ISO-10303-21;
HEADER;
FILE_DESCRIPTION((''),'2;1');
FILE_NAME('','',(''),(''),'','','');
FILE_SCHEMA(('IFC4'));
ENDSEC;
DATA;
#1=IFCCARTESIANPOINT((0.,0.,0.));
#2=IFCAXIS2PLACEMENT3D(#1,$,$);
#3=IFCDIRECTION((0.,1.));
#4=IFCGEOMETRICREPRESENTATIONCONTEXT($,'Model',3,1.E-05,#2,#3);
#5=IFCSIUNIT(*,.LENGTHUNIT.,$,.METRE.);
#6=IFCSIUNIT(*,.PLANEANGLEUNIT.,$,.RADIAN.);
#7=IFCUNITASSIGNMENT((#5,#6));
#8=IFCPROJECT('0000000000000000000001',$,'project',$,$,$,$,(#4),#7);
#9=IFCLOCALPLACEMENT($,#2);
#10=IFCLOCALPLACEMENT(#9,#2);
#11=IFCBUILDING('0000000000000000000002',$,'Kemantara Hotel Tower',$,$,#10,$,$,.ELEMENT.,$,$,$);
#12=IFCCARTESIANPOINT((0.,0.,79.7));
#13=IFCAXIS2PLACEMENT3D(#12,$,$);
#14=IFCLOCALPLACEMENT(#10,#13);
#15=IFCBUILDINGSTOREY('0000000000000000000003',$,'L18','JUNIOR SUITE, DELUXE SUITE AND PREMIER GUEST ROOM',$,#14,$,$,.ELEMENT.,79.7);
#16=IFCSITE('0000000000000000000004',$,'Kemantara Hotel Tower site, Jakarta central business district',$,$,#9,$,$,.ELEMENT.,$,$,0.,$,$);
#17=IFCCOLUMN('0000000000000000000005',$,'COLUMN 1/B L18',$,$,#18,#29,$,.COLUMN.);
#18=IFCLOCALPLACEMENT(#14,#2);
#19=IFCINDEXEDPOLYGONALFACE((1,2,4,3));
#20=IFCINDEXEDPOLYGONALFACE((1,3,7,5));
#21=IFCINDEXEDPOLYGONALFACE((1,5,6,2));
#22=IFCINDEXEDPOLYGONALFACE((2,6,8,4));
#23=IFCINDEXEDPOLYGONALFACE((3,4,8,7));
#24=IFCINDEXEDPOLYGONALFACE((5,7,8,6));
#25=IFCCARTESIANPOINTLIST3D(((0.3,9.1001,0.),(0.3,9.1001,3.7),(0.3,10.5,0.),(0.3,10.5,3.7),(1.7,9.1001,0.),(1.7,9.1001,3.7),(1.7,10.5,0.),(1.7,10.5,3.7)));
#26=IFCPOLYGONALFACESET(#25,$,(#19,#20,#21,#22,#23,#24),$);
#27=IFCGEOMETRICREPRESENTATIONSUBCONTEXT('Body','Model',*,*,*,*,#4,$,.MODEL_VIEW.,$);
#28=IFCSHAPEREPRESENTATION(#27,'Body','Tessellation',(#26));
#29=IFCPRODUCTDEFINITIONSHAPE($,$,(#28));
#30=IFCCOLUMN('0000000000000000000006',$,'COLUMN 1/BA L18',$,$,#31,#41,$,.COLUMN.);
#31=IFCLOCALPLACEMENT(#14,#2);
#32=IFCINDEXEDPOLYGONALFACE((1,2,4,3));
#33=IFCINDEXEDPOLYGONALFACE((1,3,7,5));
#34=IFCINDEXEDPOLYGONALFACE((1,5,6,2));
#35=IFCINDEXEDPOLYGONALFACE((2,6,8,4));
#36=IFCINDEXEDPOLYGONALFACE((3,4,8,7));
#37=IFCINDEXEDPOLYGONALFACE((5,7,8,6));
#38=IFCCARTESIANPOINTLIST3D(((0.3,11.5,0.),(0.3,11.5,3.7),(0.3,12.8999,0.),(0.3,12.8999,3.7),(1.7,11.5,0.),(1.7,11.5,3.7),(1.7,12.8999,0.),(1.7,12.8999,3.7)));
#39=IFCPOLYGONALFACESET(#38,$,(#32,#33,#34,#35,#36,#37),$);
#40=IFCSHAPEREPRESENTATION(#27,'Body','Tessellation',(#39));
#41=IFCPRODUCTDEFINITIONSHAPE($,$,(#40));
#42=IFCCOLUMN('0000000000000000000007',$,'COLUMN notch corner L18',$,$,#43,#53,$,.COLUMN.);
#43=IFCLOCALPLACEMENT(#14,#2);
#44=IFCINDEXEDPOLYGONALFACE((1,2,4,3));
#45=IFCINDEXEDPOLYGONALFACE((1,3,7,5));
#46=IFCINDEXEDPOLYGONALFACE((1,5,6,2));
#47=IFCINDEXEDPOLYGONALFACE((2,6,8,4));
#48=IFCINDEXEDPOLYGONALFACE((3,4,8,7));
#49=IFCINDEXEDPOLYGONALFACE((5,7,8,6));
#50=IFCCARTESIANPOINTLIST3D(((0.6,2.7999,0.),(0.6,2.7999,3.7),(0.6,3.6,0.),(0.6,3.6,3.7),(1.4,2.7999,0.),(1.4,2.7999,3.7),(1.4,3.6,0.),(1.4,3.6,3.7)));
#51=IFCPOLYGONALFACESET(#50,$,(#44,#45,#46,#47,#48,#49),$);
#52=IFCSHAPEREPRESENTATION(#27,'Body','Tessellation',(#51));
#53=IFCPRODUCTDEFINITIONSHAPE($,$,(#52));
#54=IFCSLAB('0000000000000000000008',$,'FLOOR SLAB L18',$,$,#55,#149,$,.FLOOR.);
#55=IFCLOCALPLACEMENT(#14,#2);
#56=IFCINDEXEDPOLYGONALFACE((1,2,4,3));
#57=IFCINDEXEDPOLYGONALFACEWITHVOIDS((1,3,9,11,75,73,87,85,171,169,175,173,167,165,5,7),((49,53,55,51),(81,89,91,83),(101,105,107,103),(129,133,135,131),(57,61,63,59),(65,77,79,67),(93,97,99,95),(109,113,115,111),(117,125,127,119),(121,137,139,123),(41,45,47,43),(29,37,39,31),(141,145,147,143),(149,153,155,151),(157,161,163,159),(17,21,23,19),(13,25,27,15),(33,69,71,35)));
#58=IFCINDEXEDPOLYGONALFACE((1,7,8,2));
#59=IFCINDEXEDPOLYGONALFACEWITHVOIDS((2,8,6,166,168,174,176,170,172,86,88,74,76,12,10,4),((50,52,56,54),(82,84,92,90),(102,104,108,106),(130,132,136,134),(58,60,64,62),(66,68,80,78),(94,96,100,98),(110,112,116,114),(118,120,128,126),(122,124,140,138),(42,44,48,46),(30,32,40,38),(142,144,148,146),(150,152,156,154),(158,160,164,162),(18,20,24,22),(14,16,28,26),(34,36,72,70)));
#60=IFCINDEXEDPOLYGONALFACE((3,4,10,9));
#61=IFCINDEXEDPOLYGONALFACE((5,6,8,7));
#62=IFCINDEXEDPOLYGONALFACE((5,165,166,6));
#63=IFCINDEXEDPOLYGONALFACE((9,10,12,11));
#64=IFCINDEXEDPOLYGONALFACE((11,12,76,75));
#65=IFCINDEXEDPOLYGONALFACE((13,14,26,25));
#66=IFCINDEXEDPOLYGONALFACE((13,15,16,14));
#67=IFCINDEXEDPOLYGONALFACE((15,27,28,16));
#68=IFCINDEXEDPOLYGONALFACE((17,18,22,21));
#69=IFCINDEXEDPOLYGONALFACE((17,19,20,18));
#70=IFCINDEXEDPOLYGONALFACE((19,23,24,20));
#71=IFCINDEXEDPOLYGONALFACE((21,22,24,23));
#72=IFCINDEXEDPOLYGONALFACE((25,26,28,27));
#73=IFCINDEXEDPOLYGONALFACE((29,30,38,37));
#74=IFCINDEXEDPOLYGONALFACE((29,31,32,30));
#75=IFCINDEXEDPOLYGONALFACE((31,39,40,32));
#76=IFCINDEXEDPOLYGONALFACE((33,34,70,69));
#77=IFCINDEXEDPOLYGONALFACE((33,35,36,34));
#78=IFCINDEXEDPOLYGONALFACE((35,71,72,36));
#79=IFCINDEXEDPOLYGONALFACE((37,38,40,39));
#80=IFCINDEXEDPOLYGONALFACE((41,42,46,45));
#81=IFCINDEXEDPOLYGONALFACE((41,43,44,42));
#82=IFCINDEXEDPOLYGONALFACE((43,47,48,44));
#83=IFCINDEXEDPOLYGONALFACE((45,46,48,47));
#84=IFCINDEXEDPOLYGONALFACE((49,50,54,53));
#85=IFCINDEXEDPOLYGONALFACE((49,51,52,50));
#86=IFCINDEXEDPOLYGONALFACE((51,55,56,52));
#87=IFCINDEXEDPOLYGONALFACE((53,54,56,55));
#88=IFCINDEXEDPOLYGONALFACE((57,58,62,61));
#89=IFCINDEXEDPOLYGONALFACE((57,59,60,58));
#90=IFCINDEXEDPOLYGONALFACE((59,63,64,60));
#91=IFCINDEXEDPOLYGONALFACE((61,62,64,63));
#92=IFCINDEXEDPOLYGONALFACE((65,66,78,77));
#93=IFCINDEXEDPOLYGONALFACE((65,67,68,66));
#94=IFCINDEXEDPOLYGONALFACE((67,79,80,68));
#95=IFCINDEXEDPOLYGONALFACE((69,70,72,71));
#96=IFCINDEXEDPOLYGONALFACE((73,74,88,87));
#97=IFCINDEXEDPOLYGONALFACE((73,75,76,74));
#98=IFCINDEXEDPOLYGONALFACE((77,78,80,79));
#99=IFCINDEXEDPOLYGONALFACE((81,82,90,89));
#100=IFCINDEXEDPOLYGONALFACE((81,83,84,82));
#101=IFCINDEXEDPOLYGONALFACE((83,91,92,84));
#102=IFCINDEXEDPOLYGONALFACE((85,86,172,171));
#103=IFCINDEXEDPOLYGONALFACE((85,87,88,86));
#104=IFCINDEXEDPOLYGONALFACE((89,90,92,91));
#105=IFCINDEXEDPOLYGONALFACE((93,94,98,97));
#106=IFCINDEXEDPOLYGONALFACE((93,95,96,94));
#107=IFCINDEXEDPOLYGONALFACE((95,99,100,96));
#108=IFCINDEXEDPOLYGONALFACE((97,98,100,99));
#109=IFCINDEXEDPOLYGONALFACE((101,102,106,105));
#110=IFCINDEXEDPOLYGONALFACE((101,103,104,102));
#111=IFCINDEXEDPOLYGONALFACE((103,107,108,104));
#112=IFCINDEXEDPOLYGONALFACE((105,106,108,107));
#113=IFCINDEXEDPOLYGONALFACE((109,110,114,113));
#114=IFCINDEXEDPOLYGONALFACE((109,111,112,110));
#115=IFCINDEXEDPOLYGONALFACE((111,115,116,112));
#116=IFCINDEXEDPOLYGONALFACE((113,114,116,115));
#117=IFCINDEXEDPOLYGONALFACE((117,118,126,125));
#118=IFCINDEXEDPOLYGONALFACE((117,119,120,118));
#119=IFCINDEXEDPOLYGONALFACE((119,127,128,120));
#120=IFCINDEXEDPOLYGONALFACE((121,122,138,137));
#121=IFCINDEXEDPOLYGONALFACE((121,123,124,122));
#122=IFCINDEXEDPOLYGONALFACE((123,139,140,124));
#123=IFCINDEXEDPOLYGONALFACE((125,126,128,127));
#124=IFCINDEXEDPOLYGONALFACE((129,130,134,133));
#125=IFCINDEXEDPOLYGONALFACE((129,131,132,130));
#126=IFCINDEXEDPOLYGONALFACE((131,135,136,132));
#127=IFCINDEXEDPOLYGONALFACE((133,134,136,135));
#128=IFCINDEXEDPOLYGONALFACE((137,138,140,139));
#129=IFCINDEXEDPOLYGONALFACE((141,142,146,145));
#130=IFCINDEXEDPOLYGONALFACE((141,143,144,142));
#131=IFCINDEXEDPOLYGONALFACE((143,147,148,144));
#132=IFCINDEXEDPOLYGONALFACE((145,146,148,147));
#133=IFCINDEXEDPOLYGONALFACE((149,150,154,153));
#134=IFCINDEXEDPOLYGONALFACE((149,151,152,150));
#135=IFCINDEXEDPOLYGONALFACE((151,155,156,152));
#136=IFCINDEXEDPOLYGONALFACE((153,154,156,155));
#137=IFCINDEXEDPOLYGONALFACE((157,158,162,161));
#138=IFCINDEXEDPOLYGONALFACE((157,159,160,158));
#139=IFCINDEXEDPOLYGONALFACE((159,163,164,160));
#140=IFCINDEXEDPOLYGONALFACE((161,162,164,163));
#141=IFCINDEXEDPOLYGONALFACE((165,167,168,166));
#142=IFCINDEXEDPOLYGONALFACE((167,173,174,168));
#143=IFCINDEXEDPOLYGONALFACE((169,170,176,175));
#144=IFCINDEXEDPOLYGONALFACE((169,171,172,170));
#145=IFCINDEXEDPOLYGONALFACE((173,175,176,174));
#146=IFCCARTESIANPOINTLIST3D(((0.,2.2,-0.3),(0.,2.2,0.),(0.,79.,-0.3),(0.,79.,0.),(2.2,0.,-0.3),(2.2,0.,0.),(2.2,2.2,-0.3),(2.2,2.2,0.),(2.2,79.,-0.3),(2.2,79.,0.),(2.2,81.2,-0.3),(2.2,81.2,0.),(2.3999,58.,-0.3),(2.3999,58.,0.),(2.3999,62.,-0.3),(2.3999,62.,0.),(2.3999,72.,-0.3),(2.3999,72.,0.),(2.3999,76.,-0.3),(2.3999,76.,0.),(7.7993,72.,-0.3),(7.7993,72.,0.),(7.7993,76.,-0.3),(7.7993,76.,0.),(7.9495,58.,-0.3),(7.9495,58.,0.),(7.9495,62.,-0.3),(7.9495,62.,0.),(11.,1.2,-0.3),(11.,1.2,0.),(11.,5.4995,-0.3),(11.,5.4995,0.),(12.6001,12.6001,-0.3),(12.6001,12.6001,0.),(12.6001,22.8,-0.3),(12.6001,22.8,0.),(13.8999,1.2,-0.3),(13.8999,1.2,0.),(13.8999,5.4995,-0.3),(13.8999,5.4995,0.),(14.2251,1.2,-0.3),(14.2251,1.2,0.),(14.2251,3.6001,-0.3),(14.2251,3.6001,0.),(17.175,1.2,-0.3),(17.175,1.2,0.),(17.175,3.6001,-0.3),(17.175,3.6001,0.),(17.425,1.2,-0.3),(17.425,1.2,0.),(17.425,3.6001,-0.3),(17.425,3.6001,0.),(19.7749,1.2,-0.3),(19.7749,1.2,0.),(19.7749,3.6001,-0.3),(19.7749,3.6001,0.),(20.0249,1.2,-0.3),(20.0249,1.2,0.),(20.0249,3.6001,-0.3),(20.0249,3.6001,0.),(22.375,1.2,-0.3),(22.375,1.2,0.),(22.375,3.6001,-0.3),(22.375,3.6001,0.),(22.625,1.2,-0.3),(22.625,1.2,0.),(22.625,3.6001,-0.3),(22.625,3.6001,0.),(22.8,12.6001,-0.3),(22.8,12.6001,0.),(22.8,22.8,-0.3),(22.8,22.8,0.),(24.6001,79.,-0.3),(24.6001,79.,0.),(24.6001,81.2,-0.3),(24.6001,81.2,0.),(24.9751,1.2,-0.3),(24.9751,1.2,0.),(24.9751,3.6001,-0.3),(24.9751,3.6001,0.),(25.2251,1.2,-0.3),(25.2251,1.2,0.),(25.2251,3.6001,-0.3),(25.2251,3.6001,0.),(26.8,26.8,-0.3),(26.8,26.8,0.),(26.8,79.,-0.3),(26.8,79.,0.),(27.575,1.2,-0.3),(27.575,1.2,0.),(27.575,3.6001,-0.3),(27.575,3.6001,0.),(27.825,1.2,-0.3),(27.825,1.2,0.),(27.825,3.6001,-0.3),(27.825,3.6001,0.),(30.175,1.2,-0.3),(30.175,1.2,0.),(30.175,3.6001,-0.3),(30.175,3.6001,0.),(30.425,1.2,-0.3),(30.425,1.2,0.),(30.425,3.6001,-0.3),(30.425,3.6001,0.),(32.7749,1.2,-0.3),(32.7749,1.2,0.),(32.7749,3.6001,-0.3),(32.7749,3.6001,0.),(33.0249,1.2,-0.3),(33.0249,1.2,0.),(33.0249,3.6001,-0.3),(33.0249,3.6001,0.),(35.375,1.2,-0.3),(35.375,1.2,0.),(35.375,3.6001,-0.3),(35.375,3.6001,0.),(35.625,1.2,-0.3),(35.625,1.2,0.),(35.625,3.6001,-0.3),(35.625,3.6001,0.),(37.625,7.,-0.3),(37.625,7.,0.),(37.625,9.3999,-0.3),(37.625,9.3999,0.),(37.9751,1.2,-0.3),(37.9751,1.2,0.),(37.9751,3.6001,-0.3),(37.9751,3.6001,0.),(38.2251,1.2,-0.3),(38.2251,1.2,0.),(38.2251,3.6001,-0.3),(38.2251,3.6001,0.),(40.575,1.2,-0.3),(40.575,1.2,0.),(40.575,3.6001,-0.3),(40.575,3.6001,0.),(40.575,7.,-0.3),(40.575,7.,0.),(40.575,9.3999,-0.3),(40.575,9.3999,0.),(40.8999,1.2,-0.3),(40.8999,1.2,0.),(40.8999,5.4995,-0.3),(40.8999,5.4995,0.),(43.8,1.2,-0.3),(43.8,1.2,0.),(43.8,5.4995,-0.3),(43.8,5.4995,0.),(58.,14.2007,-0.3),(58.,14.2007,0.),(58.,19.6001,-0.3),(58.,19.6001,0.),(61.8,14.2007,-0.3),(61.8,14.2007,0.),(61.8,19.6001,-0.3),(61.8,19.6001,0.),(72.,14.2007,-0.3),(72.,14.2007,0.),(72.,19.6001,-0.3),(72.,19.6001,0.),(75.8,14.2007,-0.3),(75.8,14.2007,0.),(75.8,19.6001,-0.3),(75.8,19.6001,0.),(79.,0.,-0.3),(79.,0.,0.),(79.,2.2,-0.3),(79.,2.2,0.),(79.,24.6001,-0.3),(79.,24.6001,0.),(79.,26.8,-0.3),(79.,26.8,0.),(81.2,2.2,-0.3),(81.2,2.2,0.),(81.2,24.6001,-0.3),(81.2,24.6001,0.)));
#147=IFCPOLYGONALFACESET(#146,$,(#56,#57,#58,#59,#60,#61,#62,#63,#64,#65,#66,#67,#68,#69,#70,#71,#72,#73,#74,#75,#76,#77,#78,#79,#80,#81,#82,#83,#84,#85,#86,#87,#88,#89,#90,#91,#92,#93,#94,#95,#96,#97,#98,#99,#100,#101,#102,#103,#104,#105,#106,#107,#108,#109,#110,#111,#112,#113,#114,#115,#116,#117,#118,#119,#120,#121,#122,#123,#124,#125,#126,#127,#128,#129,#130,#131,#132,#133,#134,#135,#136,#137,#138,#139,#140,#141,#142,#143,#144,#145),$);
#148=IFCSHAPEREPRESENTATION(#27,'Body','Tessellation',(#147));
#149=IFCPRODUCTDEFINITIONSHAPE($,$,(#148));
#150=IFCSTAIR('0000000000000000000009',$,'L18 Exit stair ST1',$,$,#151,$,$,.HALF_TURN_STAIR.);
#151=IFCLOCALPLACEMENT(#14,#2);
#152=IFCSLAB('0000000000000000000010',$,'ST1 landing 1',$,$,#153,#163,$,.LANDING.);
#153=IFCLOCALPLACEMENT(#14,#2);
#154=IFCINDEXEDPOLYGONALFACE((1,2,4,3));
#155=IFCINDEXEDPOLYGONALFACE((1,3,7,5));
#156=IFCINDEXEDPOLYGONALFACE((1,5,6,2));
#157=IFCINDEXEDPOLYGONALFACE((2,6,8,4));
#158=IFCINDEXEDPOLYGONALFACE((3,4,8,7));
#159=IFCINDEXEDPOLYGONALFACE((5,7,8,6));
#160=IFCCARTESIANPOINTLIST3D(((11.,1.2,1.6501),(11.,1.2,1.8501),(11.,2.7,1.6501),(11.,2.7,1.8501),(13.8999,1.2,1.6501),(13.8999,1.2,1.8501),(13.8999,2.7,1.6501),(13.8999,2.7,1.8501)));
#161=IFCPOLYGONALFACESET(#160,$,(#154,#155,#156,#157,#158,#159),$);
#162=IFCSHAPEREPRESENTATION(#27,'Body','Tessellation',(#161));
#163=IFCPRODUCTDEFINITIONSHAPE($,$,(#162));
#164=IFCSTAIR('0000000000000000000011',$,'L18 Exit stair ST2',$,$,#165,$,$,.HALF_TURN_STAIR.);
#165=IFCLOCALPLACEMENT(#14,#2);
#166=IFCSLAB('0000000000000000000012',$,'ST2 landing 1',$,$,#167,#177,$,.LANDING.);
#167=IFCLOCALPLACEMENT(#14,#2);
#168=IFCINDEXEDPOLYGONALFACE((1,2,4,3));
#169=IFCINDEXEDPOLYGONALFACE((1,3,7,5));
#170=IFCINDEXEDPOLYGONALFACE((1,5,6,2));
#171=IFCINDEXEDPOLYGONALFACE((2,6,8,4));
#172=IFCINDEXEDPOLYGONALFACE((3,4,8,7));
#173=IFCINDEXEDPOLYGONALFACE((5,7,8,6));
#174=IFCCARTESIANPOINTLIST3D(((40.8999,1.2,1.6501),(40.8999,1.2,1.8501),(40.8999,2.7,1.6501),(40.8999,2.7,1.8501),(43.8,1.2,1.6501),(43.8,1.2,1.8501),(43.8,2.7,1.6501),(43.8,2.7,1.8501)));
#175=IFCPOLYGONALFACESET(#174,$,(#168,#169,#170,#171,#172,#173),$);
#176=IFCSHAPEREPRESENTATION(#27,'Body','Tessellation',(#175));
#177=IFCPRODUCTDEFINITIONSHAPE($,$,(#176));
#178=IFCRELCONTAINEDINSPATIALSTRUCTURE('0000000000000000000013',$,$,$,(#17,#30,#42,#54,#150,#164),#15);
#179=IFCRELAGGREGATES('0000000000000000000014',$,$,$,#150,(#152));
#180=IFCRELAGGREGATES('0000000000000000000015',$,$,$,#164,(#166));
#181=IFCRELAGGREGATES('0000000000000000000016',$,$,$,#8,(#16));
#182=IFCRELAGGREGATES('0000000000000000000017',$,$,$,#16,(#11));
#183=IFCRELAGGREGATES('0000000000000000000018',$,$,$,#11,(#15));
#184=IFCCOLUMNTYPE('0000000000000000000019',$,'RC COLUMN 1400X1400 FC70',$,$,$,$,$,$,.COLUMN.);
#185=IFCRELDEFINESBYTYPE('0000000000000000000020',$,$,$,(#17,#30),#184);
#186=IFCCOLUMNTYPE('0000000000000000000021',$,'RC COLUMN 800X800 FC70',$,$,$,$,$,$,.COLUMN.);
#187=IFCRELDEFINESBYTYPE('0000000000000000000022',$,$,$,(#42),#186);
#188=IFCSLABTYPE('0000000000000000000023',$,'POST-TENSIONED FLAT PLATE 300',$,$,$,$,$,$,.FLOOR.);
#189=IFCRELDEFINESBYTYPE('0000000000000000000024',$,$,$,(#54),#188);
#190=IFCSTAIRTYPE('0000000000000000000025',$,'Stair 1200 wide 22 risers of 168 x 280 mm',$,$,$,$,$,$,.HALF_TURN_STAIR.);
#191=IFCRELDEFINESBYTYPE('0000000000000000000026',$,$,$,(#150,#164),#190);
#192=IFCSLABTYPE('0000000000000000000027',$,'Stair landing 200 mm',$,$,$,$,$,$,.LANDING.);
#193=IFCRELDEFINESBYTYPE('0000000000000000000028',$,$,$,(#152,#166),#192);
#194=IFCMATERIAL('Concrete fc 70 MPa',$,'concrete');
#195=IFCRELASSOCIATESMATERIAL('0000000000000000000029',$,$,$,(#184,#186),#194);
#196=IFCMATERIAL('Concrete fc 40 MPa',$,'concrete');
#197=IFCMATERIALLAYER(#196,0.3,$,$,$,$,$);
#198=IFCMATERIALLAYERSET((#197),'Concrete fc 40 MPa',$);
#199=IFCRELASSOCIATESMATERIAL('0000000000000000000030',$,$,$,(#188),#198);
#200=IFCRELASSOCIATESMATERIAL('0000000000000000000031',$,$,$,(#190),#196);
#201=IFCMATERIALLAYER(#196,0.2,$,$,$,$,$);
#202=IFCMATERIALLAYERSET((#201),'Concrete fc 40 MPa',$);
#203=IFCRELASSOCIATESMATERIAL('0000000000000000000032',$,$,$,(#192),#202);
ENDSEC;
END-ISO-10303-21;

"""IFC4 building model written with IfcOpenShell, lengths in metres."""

from ifc_helpers import new_model, si_unit, direction, frame, origin, origin_2d, place, context, subcontext, project, spatial, polyline, rectangle, outline, extrude, material, layer, layer_set, material_profile, profile_set, type_object, element, aggregate, save


model = new_model("IFC4")

# Units and contexts
model_context = context("Model", 3, precision=1e-05, world=origin(), true_north=direction((0.0, 1.0)))
body_context = subcontext(model_context, "Body", "Model", "MODEL_VIEW")
ifc_project = project(units=[si_unit("LENGTHUNIT", "METRE"), si_unit("PLANEANGLEUNIT", "RADIAN")], contexts=[model_context])

# Site, building, storey
site_placement = place(None, origin())
site = spatial("IfcSite", under=ifc_project, at=site_placement, Name="Kemantara Hotel Tower site, Jakarta central business district", CompositionType="ELEMENT", RefElevation=0.0)
building_placement = place(site_placement, origin())
building = spatial("IfcBuilding", under=site, at=building_placement, Name="Kemantara Hotel Tower", CompositionType="ELEMENT")
storey_placement = place(building_placement, frame((0.0, 0.0, 79.7)))
storey = spatial("IfcBuildingStorey", under=building, at=storey_placement, Name="L18", Description="JUNIOR SUITE, DELUXE SUITE AND PREMIER GUEST ROOM", CompositionType="ELEMENT", Elevation=79.7)

# Columns
ifc_material_1 = material(Name="Concrete fc 70 MPa", Category="concrete")
ifc_material_profile_1 = material_profile(ifc_material_1, rectangle(XDim=1.3999, YDim=1.3999, at=origin_2d()), Name="RC 1400X1400")
ifc_profile_set_1 = profile_set([ifc_material_profile_1], Name="Concrete fc 70 MPa")
column_type_1 = type_object("IfcColumnType", Name="RC COLUMN 1400X1400 FC70", PredefinedType="COLUMN", material=ifc_profile_set_1)
for number, where, z_axis, x_axis, name in (
    (1, (1.0, 9.8, 0.0), (0.0, 0.0, 1.0), (1.0, 0.0, 0.0), "COLUMN 1/B L18"),
    (2, (1.0, 12.2, 0.0), (0.0, 0.0, 1.0), (1.0, 0.0, 0.0), "COLUMN 1/BA L18"),
):
    element("IfcColumn", number, at=place(storey_placement, frame(where, z_axis=z_axis, x_axis=x_axis)), inside=storey, type_object=column_type_1, Name=name, PredefinedType="COLUMN", context=body_context, shape_type="SweptSolid", body=[
        extrude(rectangle(XDim=1.3999, YDim=1.3999, at=origin_2d()), origin(), (0.0, 0.0, 1.0), 3.7),
    ])
ifc_material_profile_2 = material_profile(ifc_material_1, rectangle(XDim=0.8, YDim=0.8, at=origin_2d()), Name="RC 800X800")
ifc_profile_set_2 = profile_set([ifc_material_profile_2], Name="Concrete fc 70 MPa")
column_type_2 = type_object("IfcColumnType", Name="RC COLUMN 800X800 FC70", PredefinedType="COLUMN", material=ifc_profile_set_2)
column_placement = place(storey_placement, frame((1.0, 3.2, 0.0), z_axis=(0.0, 0.0, 1.0), x_axis=(1.0, 0.0, 0.0)))
element("IfcColumn", 3, at=column_placement, inside=storey, type_object=column_type_2, Name="COLUMN notch corner L18", PredefinedType="COLUMN", context=body_context, shape_type="SweptSolid", body=[
    extrude(rectangle(XDim=0.8, YDim=0.8, at=origin_2d()), origin(), (0.0, 0.0, 1.0), 3.7),
])

# Slab
ifc_material_2 = material(Name="Concrete fc 40 MPa", Category="concrete")
ifc_layer_1 = layer(ifc_material_2, 0.3)
ifc_layer_set_1 = layer_set([ifc_layer_1], Name="Concrete fc 40 MPa")
slab_type_1 = type_object("IfcSlabType", Name="POST-TENSIONED FLAT PLATE 300", PredefinedType="FLOOR", material=ifc_layer_set_1)
slab_1_placement = place(storey_placement, frame((0.0, 0.0, -0.3)))
element("IfcSlab", 4, at=slab_1_placement, inside=storey, type_object=slab_type_1, Name="FLOOR SLAB L18", PredefinedType="FLOOR", context=body_context, shape_type="SweptSolid", body=[
    extrude(outline(polyline([(0.0, 2.2), (2.2, 2.2), (2.2, 0.0), (79.0, 0.0), (79.0, 2.2), (81.2, 2.2), (81.2, 24.6001), (79.0, 24.6001), (79.0, 26.8), (26.8, 26.8), (26.8, 79.0), (24.6001, 79.0), (24.6001, 81.2), (2.2, 81.2), (2.2, 79.0), (0.0, 79.0), (0.0, 2.2)]), holes=[polyline([(17.175, 1.2), (14.2251, 1.2), (14.2251, 3.6001), (17.175, 3.6001), (17.175, 1.2)]), polyline([(19.7749, 1.2), (17.425, 1.2), (17.425, 3.6001), (19.7749, 3.6001), (19.7749, 1.2)]), polyline([(22.375, 1.2), (20.0249, 1.2), (20.0249, 3.6001), (22.375, 3.6001), (22.375, 1.2)]), polyline([(24.9751, 1.2), (22.625, 1.2), (22.625, 3.6001), (24.9751, 3.6001), (24.9751, 1.2)]), polyline([(27.575, 1.2), (25.2251, 1.2), (25.2251, 3.6001), (27.575, 3.6001), (27.575, 1.2)]), polyline([(11.0, 1.2), (11.0, 5.4995), (13.8999, 5.4995), (13.8999, 1.2), (11.0, 1.2)]), polyline([(22.8, 12.6001), (12.6001, 12.6001), (12.6001, 22.8), (22.8, 22.8), (22.8, 12.6001)]), polyline([(7.9495, 62.0), (7.9495, 58.0), (2.3999, 58.0), (2.3999, 62.0), (7.9495, 62.0)]), polyline([(7.7993, 76.0), (7.7993, 72.0), (2.3999, 72.0), (2.3999, 76.0), (7.7993, 76.0)]), polyline([(30.175, 1.2), (27.825, 1.2), (27.825, 3.6001), (30.175, 3.6001), (30.175, 1.2)]), polyline([(32.7749, 1.2), (30.425, 1.2), (30.425, 3.6001), (32.7749, 3.6001), (32.7749, 1.2)]), polyline([(35.375, 1.2), (33.0249, 1.2), (33.0249, 3.6001), (35.375, 3.6001), (35.375, 1.2)]), polyline([(37.9751, 1.2), (35.625, 1.2), (35.625, 3.6001), (37.9751, 3.6001), (37.9751, 1.2)]), polyline([(40.575, 1.2), (38.2251, 1.2), (38.2251, 3.6001), (40.575, 3.6001), (40.575, 1.2)]), polyline([(40.8999, 1.2), (40.8999, 5.4995), (43.8, 5.4995), (43.8, 1.2), (40.8999, 1.2)]), polyline([(40.575, 7.0), (37.625, 7.0), (37.625, 9.3999), (40.575, 9.3999), (40.575, 7.0)]), polyline([(61.8, 14.2007), (58.0, 14.2007), (58.0, 19.6001), (61.8, 19.6001), (61.8, 14.2007)]), polyline([(75.8, 14.2007), (72.0, 14.2007), (72.0, 19.6001), (75.8, 19.6001), (75.8, 14.2007)])]), origin(), (0.0, 0.0, 1.0), 0.3),
])

# Stairs, slabs
stair_type_1 = type_object("IfcStairType", Name="Stair 1200 wide 22 risers of 168 x 280 mm", PredefinedType="HALF_TURN_STAIR", material=ifc_material_2)
stair_1_placement = place(storey_placement, origin())
stair_1 = element("IfcStair", 5, at=stair_1_placement, inside=storey, type_object=stair_type_1, Name="L18 Exit stair ST1", PredefinedType="HALF_TURN_STAIR")
ifc_layer_2 = layer(ifc_material_2, 0.2)
ifc_layer_set_2 = layer_set([ifc_layer_2], Name="Concrete fc 40 MPa")
slab_type_2 = type_object("IfcSlabType", Name="Stair landing 200 mm", PredefinedType="LANDING", material=ifc_layer_set_2)
slab_2_placement = place(storey_placement, frame((0.0, 0.0, 1.6501)))
slab_2 = element("IfcSlab", 6, at=slab_2_placement, type_object=slab_type_2, Name="ST1 landing 1", PredefinedType="LANDING", context=body_context, shape_type="SweptSolid", body=[
    extrude(outline(polyline([(11.0, 2.7), (11.0, 1.2), (13.8999, 1.2), (13.8999, 2.7), (11.0, 2.7)])), origin(), (0.0, 0.0, 1.0), 0.2),
])
aggregate(stair_1, [slab_2])
stair_2_placement = place(storey_placement, origin())
stair_2 = element("IfcStair", 7, at=stair_2_placement, inside=storey, type_object=stair_type_1, Name="L18 Exit stair ST2", PredefinedType="HALF_TURN_STAIR")
slab_3_placement = place(storey_placement, frame((0.0, 0.0, 1.6501)))
slab_3 = element("IfcSlab", 8, at=slab_3_placement, type_object=slab_type_2, Name="ST2 landing 1", PredefinedType="LANDING", context=body_context, shape_type="SweptSolid", body=[
    extrude(outline(polyline([(40.8999, 2.7), (40.8999, 1.2), (43.8, 1.2), (43.8, 2.7), (40.8999, 2.7)])), origin(), (0.0, 0.0, 1.0), 0.2),
])
aggregate(stair_2, [slab_3])

save(model, "model.ifc")
